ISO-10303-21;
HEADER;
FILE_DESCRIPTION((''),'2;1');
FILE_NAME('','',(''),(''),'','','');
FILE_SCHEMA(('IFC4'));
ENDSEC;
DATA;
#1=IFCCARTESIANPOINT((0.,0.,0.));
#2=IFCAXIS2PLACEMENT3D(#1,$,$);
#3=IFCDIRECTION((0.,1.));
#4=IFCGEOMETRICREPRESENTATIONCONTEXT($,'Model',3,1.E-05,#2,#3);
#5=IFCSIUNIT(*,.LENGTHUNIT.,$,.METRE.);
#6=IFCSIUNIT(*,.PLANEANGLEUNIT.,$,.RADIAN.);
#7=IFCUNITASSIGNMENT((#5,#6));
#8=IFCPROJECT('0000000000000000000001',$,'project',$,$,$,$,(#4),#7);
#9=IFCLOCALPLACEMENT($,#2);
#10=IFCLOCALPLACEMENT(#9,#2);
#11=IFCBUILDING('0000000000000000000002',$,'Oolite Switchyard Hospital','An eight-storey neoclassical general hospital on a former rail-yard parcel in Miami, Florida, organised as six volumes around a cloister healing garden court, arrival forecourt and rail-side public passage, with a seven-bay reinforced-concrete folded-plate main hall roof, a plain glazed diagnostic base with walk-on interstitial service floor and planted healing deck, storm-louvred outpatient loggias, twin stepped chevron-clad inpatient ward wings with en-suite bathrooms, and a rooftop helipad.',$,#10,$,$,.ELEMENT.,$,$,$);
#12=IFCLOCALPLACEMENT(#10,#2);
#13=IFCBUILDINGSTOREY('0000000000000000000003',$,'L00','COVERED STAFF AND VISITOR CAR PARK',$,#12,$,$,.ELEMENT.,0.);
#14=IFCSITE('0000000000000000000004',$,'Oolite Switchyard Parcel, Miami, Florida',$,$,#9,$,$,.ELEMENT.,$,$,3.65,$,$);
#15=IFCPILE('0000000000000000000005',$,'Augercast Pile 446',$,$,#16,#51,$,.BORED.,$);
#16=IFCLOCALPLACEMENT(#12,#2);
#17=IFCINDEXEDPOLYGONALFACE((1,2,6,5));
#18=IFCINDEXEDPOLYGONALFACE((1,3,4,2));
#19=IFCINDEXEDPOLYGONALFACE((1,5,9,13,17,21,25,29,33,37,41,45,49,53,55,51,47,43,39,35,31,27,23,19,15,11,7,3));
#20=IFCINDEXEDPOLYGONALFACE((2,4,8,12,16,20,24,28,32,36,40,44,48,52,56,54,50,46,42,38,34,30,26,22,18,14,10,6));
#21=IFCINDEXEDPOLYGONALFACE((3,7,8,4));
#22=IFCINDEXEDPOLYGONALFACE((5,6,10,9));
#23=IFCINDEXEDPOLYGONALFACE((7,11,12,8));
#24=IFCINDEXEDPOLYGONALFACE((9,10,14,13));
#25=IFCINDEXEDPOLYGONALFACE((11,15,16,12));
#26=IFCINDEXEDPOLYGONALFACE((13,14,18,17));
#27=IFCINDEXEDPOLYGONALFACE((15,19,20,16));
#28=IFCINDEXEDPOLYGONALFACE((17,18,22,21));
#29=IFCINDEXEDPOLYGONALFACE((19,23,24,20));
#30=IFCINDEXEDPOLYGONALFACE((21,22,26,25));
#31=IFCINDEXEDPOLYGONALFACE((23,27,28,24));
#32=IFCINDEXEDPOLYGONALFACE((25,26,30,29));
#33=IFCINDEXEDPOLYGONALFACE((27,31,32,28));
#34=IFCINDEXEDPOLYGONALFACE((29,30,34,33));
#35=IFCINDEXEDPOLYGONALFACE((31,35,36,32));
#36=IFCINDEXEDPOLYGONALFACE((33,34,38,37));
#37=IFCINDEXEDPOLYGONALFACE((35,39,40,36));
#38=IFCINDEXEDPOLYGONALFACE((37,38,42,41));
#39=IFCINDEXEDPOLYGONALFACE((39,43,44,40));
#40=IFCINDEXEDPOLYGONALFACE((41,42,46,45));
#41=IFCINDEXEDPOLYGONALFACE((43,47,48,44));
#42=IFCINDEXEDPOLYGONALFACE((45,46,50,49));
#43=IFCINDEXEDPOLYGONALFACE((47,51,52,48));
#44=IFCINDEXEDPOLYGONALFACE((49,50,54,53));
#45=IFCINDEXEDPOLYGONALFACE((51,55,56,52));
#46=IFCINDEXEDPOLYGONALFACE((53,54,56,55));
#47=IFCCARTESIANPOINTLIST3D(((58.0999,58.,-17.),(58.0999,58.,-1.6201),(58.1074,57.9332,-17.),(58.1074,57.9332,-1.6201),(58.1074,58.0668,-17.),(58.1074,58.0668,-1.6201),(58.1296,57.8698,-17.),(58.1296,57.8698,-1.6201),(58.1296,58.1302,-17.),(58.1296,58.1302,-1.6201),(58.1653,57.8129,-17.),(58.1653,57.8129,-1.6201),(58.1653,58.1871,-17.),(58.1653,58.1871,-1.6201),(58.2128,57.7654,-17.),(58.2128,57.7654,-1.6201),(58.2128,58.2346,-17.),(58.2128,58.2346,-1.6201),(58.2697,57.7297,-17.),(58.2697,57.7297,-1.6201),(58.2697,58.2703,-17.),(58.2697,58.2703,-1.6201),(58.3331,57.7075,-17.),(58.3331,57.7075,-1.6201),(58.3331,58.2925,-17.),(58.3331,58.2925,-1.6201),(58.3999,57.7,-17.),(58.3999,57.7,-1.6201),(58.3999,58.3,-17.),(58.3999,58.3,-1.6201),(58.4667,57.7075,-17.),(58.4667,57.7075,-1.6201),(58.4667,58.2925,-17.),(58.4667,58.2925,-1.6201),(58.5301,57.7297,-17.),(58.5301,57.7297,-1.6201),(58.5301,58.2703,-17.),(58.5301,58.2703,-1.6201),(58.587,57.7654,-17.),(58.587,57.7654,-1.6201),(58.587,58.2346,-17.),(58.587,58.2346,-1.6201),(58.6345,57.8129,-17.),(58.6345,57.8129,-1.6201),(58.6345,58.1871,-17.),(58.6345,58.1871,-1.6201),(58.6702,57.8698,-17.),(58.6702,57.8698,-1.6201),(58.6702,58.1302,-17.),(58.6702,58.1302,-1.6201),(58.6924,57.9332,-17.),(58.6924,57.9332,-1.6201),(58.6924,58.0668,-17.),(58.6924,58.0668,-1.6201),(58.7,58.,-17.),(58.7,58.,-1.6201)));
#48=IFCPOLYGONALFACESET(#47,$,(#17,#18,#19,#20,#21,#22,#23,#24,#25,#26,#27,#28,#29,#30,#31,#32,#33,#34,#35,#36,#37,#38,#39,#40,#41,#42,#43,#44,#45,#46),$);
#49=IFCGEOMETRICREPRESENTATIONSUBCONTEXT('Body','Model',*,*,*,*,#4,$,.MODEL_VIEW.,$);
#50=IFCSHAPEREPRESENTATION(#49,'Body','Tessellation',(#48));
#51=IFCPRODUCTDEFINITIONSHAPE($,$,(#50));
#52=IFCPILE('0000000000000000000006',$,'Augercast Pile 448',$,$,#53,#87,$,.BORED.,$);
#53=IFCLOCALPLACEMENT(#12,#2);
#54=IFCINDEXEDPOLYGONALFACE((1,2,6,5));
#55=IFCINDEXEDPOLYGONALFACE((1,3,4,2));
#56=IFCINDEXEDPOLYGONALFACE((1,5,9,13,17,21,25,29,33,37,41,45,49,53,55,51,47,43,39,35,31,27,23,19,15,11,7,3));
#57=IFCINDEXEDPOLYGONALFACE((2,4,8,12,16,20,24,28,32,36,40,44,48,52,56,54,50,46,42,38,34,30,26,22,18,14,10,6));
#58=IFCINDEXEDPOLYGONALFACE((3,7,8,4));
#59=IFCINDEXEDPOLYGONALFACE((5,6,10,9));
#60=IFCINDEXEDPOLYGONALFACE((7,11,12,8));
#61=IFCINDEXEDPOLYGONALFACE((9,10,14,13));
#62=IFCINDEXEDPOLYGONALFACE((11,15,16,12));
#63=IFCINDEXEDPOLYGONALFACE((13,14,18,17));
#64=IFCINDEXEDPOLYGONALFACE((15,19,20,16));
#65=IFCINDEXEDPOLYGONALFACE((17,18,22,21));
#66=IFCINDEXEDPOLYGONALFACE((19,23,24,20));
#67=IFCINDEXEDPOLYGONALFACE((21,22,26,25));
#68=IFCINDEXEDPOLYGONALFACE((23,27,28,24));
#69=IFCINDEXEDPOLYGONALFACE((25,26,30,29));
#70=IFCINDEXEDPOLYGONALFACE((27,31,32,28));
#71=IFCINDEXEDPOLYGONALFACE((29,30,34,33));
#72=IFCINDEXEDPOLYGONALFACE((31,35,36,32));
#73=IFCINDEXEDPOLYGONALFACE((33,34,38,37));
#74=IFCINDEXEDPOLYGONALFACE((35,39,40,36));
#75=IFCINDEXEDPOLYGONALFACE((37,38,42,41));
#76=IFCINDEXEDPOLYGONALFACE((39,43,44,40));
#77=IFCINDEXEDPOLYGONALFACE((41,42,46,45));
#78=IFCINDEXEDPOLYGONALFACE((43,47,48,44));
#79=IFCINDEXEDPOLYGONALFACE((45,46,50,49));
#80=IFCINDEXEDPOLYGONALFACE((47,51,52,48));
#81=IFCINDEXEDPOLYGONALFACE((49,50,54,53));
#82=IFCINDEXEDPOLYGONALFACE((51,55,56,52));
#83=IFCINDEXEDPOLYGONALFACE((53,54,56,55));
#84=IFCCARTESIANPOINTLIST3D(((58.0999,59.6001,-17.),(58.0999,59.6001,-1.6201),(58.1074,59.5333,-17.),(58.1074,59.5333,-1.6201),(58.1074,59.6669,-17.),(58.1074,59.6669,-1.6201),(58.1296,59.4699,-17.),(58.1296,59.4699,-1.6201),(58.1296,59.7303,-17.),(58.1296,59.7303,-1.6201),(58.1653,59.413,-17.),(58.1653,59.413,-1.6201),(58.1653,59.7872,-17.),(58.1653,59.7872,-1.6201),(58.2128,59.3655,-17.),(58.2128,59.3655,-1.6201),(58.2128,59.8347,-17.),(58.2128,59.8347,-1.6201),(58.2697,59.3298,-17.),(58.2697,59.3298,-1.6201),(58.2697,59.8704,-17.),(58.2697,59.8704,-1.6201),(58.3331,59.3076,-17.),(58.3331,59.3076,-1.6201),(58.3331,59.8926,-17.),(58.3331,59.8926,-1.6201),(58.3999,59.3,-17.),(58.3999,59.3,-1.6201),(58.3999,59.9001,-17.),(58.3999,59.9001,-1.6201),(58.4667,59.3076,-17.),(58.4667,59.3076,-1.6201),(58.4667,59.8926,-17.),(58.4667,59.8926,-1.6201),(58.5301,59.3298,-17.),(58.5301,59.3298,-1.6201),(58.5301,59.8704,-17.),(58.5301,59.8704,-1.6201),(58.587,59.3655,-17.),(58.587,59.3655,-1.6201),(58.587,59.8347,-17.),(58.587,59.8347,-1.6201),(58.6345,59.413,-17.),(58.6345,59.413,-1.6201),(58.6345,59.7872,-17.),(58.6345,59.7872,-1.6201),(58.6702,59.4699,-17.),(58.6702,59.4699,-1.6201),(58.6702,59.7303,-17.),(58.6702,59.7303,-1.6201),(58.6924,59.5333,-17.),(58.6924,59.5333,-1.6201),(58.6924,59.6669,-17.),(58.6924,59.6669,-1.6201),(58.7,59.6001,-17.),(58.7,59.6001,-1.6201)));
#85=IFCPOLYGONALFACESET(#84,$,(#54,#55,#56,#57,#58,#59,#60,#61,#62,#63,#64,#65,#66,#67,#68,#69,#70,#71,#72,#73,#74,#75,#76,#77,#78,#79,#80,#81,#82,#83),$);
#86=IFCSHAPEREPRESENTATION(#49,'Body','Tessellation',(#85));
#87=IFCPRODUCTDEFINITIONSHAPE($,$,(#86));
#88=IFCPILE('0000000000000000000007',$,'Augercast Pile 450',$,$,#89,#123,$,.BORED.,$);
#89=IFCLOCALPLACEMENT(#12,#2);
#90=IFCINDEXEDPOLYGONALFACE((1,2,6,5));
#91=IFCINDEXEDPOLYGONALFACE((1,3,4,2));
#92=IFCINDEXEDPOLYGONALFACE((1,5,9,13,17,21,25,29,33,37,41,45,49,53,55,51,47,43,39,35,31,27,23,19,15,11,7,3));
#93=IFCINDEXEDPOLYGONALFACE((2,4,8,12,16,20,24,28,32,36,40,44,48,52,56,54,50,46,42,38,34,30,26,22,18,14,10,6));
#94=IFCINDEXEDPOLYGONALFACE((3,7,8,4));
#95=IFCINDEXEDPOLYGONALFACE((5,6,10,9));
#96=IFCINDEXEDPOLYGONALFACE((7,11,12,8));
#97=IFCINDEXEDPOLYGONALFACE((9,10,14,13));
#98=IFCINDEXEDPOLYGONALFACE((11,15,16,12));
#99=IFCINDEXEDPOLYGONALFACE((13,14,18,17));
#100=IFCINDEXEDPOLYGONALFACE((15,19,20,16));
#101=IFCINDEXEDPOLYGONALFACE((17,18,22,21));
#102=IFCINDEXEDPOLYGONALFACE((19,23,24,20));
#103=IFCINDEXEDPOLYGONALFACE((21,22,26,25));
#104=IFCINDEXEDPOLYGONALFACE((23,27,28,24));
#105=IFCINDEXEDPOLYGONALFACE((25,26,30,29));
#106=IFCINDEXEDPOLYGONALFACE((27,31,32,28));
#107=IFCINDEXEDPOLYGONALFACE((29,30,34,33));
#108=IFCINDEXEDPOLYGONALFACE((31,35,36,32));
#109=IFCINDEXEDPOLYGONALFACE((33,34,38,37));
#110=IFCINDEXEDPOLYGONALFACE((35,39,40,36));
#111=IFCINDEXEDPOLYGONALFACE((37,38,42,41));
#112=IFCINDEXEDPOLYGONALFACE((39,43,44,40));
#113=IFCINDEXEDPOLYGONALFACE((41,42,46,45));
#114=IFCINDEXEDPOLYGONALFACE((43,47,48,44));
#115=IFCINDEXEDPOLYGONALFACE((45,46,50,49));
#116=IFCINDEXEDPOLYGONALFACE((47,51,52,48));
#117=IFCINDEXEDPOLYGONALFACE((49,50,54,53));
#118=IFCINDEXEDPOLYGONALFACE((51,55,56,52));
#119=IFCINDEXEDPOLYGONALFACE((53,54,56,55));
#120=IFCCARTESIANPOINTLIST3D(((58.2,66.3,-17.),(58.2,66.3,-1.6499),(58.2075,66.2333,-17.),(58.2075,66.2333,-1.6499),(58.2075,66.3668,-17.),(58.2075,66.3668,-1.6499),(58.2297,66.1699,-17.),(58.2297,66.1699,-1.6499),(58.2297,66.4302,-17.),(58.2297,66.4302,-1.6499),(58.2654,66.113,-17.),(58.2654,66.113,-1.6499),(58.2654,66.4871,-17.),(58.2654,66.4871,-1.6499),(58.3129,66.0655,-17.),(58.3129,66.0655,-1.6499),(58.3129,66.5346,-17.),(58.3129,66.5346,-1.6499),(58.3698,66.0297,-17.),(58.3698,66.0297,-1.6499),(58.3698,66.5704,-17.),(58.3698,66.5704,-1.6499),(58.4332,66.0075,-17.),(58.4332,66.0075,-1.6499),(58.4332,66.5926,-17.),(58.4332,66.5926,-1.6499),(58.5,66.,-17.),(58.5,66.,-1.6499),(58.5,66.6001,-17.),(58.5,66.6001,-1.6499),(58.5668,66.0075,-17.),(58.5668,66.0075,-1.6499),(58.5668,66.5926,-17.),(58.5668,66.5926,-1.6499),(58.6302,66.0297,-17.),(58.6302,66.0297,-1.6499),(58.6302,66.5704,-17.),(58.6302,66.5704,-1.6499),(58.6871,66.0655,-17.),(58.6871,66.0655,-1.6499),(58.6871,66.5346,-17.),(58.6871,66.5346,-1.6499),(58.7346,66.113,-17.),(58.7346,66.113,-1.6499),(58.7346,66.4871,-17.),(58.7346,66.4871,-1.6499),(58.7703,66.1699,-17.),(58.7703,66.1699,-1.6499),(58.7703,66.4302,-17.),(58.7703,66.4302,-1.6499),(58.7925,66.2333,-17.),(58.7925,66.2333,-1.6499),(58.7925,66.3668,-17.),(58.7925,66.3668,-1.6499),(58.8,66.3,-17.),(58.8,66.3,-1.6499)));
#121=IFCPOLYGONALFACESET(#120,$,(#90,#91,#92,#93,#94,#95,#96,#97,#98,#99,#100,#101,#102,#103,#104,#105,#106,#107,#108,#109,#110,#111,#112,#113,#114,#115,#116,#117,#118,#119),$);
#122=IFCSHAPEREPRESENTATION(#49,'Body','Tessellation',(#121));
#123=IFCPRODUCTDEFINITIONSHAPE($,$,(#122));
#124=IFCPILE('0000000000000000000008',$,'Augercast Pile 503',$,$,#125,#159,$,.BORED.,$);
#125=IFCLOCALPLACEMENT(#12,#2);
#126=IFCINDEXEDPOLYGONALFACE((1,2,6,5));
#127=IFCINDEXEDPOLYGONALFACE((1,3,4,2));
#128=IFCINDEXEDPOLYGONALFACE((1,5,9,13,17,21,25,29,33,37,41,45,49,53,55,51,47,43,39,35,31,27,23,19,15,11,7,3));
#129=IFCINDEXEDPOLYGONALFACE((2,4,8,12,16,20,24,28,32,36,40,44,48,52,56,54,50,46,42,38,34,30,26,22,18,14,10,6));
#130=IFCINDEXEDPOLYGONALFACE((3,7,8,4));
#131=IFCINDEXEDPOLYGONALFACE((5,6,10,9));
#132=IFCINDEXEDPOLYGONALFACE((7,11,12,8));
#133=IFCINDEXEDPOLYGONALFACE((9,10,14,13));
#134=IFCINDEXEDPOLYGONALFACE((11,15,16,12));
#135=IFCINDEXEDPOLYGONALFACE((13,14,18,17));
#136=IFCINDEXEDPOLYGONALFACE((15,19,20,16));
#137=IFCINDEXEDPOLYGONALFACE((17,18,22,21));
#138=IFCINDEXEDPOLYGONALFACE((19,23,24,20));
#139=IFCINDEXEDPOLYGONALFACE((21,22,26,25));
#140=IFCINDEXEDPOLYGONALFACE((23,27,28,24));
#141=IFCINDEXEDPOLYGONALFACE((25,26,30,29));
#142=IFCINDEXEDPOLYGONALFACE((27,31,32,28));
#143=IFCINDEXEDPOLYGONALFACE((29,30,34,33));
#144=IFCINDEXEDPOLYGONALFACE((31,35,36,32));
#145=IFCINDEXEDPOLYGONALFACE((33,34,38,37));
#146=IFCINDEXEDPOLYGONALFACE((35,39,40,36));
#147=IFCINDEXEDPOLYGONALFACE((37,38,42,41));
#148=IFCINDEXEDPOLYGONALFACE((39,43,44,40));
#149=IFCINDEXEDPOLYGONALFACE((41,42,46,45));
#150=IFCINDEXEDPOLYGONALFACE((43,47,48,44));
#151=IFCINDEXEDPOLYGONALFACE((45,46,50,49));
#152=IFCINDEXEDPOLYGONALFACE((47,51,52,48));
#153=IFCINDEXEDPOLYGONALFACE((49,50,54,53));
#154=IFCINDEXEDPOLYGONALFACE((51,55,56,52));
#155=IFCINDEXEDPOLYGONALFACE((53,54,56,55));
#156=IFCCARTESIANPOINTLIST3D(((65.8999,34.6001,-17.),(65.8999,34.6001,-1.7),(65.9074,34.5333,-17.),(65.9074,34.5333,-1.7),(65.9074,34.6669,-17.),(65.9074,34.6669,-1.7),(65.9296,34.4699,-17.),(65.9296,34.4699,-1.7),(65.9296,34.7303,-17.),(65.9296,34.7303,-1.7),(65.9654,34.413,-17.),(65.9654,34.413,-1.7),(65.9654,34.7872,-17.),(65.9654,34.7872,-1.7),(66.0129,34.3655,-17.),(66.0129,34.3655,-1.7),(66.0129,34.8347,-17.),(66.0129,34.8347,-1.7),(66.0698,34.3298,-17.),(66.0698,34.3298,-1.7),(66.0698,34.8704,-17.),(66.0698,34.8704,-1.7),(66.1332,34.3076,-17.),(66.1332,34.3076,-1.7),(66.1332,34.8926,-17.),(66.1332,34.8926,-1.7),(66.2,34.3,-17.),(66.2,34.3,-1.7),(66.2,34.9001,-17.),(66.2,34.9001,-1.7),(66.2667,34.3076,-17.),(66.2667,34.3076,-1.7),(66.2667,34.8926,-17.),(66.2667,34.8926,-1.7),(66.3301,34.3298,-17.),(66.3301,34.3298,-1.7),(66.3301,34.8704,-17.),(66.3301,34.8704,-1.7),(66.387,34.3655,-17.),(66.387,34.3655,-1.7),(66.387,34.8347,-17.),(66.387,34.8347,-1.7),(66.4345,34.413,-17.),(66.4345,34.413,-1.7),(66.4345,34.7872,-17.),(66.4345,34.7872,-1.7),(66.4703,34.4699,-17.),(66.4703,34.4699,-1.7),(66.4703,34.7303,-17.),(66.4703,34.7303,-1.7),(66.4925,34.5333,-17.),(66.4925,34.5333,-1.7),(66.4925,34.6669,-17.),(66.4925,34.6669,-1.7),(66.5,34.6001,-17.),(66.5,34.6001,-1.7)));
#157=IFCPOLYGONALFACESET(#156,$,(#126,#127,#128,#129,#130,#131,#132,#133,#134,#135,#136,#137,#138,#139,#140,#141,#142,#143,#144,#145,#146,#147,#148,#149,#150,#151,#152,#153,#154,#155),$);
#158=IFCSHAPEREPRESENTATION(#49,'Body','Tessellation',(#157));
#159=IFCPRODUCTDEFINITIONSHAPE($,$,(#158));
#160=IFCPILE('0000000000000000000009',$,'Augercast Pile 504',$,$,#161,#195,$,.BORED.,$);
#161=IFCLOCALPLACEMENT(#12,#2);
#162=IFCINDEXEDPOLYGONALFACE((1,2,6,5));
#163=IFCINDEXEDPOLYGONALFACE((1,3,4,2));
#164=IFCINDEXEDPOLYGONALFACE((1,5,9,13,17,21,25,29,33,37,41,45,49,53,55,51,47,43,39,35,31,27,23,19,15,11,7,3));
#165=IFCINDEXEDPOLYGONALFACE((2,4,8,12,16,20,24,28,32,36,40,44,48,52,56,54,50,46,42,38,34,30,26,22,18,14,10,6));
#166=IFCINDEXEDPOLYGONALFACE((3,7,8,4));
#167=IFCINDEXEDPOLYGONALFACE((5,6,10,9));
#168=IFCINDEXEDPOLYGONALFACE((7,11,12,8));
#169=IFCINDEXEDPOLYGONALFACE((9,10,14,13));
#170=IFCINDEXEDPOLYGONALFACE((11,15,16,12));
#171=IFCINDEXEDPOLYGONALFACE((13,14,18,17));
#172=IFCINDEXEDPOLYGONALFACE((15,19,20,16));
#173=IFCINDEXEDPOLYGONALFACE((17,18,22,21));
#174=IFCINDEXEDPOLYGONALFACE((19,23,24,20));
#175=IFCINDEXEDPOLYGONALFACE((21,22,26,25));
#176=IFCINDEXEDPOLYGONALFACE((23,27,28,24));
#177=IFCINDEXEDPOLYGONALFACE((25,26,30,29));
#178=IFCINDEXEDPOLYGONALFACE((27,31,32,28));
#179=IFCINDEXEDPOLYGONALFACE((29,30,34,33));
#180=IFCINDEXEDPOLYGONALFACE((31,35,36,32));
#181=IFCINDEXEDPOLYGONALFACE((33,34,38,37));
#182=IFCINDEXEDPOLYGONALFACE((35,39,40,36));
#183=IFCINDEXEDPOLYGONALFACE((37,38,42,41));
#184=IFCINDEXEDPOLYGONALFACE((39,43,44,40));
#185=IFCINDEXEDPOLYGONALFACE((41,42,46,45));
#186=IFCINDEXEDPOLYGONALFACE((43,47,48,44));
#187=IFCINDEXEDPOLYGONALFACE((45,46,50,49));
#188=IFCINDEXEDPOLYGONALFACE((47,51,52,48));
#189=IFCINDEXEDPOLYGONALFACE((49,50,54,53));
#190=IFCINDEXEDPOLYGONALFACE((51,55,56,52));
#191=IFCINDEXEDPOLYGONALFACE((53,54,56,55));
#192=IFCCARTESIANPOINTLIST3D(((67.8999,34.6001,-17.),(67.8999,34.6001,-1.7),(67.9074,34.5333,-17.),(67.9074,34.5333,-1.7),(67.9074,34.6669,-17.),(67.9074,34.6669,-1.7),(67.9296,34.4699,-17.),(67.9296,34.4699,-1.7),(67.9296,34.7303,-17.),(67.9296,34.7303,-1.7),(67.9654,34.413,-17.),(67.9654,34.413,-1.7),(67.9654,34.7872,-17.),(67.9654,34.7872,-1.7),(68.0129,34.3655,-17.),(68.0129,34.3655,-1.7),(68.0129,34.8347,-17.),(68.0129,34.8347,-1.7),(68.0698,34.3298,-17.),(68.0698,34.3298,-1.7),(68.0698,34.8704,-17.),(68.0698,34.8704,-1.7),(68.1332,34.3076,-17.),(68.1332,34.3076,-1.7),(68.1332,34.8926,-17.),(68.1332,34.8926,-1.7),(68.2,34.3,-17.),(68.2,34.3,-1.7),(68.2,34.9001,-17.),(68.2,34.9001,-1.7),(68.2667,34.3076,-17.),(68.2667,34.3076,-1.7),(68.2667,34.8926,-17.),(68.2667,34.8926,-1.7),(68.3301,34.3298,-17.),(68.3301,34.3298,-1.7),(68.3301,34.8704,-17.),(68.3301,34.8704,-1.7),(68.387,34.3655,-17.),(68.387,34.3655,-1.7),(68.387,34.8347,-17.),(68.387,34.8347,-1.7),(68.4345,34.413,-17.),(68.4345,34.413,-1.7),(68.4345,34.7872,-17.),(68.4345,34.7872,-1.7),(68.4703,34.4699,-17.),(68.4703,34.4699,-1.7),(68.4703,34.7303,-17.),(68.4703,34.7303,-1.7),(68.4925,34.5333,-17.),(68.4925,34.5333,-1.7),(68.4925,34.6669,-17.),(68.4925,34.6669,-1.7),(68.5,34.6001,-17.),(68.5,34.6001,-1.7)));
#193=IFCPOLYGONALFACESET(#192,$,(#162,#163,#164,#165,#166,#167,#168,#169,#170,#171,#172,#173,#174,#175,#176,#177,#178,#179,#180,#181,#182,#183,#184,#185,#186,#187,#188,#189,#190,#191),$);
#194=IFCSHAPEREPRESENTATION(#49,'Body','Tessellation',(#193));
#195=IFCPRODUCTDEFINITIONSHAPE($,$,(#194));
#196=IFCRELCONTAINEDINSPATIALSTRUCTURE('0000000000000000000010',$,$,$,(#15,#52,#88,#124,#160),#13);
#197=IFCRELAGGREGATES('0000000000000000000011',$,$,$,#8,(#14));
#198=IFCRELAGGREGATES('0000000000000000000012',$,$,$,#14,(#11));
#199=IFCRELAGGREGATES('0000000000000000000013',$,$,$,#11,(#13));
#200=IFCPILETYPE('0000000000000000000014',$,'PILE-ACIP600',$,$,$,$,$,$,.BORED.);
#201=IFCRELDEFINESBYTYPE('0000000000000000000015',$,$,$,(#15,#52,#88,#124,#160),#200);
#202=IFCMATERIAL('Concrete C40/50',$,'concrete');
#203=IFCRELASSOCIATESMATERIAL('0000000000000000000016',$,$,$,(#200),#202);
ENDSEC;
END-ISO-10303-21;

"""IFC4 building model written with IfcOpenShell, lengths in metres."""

from ifc_helpers import new_model, si_unit, direction, frame, origin, origin_2d, place, context, subcontext, project, spatial, circle, extrude, material, material_profile, profile_set, type_object, element, save


model = new_model("IFC4")

# Units and contexts
model_context = context("Model", 3, precision=1e-05, world=origin(), true_north=direction((0.0, 1.0)))
body_context = subcontext(model_context, "Body", "Model", "MODEL_VIEW")
ifc_project = project(units=[si_unit("LENGTHUNIT", "METRE"), si_unit("PLANEANGLEUNIT", "RADIAN")], contexts=[model_context])

# Site, building, storey
site_placement = place(None, origin())
site = spatial("IfcSite", under=ifc_project, at=site_placement, Name="Oolite Switchyard Parcel, Miami, Florida", CompositionType="ELEMENT", RefElevation=3.65)
building_placement = place(site_placement, origin())
building = spatial("IfcBuilding", under=site, at=building_placement, Name="Oolite Switchyard Hospital", Description="An eight-storey neoclassical general hospital on a former rail-yard parcel in Miami, Florida, organised as six volumes around a cloister healing garden court, arrival forecourt and rail-side public passage, with a seven-bay reinforced-concrete folded-plate main hall roof, a plain glazed diagnostic base with walk-on interstitial service floor and planted healing deck, storm-louvred outpatient loggias, twin stepped chevron-clad inpatient ward wings with en-suite bathrooms, and a rooftop helipad.", CompositionType="ELEMENT")
storey_placement = place(building_placement, origin())
storey = spatial("IfcBuildingStorey", under=building, at=storey_placement, Name="L00", Description="COVERED STAFF AND VISITOR CAR PARK", CompositionType="ELEMENT", Elevation=0.0)

# Shared definitions
ifc_material_1 = material(Name="Concrete C40/50", Category="concrete")

# Piles
ifc_material_profile_1 = material_profile(ifc_material_1, circle(Radius=0.3, at=origin_2d()), Name="PILE600")
ifc_profile_set_1 = profile_set([ifc_material_profile_1], Name="Concrete C40/50")
pile_type = type_object("IfcPileType", Name="PILE-ACIP600", PredefinedType="BORED", material=ifc_profile_set_1)
for number, where, z_axis, x_axis, name in (
    (1, (58.3999, 58.0, -1.6201), (0.0, 0.0, -1.0), (1.0, 0.0, 0.0), "Augercast Pile 446"),
    (2, (58.3999, 59.6001, -1.6201), (0.0, 0.0, -1.0), (1.0, 0.0, 0.0), "Augercast Pile 448"),
):
    element("IfcPile", number, at=place(storey_placement, frame(where, z_axis=z_axis, x_axis=x_axis)), inside=storey, type_object=pile_type, Name=name, PredefinedType="BORED", context=body_context, shape_type="SweptSolid", body=[
        extrude(circle(Radius=0.3, at=origin_2d()), origin(), (0.0, 0.0, 1.0), 15.3799),
    ])
pile_1_placement = place(storey_placement, frame((58.5, 66.3, -1.6499), z_axis=(0.0, 0.0, -1.0), x_axis=(1.0, 0.0, 0.0)))
element("IfcPile", 3, at=pile_1_placement, inside=storey, type_object=pile_type, Name="Augercast Pile 450", PredefinedType="BORED", context=body_context, shape_type="SweptSolid", body=[
    extrude(circle(Radius=0.3, at=origin_2d()), origin(), (0.0, 0.0, 1.0), 15.3501),
])
for number, where, z_axis, x_axis, name in (
    (4, (66.2, 34.6001, -1.7), (0.0, 0.0, -1.0), (1.0, 0.0, 0.0), "Augercast Pile 503"),
    (5, (68.2, 34.6001, -1.7), (0.0, 0.0, -1.0), (1.0, 0.0, 0.0), "Augercast Pile 504"),
):
    element("IfcPile", number, at=place(storey_placement, frame(where, z_axis=z_axis, x_axis=x_axis)), inside=storey, type_object=pile_type, Name=name, PredefinedType="BORED", context=body_context, shape_type="SweptSolid", body=[
        extrude(circle(Radius=0.3, at=origin_2d()), origin(), (0.0, 0.0, 1.0), 15.3),
    ])

save(model, "model.ifc")
